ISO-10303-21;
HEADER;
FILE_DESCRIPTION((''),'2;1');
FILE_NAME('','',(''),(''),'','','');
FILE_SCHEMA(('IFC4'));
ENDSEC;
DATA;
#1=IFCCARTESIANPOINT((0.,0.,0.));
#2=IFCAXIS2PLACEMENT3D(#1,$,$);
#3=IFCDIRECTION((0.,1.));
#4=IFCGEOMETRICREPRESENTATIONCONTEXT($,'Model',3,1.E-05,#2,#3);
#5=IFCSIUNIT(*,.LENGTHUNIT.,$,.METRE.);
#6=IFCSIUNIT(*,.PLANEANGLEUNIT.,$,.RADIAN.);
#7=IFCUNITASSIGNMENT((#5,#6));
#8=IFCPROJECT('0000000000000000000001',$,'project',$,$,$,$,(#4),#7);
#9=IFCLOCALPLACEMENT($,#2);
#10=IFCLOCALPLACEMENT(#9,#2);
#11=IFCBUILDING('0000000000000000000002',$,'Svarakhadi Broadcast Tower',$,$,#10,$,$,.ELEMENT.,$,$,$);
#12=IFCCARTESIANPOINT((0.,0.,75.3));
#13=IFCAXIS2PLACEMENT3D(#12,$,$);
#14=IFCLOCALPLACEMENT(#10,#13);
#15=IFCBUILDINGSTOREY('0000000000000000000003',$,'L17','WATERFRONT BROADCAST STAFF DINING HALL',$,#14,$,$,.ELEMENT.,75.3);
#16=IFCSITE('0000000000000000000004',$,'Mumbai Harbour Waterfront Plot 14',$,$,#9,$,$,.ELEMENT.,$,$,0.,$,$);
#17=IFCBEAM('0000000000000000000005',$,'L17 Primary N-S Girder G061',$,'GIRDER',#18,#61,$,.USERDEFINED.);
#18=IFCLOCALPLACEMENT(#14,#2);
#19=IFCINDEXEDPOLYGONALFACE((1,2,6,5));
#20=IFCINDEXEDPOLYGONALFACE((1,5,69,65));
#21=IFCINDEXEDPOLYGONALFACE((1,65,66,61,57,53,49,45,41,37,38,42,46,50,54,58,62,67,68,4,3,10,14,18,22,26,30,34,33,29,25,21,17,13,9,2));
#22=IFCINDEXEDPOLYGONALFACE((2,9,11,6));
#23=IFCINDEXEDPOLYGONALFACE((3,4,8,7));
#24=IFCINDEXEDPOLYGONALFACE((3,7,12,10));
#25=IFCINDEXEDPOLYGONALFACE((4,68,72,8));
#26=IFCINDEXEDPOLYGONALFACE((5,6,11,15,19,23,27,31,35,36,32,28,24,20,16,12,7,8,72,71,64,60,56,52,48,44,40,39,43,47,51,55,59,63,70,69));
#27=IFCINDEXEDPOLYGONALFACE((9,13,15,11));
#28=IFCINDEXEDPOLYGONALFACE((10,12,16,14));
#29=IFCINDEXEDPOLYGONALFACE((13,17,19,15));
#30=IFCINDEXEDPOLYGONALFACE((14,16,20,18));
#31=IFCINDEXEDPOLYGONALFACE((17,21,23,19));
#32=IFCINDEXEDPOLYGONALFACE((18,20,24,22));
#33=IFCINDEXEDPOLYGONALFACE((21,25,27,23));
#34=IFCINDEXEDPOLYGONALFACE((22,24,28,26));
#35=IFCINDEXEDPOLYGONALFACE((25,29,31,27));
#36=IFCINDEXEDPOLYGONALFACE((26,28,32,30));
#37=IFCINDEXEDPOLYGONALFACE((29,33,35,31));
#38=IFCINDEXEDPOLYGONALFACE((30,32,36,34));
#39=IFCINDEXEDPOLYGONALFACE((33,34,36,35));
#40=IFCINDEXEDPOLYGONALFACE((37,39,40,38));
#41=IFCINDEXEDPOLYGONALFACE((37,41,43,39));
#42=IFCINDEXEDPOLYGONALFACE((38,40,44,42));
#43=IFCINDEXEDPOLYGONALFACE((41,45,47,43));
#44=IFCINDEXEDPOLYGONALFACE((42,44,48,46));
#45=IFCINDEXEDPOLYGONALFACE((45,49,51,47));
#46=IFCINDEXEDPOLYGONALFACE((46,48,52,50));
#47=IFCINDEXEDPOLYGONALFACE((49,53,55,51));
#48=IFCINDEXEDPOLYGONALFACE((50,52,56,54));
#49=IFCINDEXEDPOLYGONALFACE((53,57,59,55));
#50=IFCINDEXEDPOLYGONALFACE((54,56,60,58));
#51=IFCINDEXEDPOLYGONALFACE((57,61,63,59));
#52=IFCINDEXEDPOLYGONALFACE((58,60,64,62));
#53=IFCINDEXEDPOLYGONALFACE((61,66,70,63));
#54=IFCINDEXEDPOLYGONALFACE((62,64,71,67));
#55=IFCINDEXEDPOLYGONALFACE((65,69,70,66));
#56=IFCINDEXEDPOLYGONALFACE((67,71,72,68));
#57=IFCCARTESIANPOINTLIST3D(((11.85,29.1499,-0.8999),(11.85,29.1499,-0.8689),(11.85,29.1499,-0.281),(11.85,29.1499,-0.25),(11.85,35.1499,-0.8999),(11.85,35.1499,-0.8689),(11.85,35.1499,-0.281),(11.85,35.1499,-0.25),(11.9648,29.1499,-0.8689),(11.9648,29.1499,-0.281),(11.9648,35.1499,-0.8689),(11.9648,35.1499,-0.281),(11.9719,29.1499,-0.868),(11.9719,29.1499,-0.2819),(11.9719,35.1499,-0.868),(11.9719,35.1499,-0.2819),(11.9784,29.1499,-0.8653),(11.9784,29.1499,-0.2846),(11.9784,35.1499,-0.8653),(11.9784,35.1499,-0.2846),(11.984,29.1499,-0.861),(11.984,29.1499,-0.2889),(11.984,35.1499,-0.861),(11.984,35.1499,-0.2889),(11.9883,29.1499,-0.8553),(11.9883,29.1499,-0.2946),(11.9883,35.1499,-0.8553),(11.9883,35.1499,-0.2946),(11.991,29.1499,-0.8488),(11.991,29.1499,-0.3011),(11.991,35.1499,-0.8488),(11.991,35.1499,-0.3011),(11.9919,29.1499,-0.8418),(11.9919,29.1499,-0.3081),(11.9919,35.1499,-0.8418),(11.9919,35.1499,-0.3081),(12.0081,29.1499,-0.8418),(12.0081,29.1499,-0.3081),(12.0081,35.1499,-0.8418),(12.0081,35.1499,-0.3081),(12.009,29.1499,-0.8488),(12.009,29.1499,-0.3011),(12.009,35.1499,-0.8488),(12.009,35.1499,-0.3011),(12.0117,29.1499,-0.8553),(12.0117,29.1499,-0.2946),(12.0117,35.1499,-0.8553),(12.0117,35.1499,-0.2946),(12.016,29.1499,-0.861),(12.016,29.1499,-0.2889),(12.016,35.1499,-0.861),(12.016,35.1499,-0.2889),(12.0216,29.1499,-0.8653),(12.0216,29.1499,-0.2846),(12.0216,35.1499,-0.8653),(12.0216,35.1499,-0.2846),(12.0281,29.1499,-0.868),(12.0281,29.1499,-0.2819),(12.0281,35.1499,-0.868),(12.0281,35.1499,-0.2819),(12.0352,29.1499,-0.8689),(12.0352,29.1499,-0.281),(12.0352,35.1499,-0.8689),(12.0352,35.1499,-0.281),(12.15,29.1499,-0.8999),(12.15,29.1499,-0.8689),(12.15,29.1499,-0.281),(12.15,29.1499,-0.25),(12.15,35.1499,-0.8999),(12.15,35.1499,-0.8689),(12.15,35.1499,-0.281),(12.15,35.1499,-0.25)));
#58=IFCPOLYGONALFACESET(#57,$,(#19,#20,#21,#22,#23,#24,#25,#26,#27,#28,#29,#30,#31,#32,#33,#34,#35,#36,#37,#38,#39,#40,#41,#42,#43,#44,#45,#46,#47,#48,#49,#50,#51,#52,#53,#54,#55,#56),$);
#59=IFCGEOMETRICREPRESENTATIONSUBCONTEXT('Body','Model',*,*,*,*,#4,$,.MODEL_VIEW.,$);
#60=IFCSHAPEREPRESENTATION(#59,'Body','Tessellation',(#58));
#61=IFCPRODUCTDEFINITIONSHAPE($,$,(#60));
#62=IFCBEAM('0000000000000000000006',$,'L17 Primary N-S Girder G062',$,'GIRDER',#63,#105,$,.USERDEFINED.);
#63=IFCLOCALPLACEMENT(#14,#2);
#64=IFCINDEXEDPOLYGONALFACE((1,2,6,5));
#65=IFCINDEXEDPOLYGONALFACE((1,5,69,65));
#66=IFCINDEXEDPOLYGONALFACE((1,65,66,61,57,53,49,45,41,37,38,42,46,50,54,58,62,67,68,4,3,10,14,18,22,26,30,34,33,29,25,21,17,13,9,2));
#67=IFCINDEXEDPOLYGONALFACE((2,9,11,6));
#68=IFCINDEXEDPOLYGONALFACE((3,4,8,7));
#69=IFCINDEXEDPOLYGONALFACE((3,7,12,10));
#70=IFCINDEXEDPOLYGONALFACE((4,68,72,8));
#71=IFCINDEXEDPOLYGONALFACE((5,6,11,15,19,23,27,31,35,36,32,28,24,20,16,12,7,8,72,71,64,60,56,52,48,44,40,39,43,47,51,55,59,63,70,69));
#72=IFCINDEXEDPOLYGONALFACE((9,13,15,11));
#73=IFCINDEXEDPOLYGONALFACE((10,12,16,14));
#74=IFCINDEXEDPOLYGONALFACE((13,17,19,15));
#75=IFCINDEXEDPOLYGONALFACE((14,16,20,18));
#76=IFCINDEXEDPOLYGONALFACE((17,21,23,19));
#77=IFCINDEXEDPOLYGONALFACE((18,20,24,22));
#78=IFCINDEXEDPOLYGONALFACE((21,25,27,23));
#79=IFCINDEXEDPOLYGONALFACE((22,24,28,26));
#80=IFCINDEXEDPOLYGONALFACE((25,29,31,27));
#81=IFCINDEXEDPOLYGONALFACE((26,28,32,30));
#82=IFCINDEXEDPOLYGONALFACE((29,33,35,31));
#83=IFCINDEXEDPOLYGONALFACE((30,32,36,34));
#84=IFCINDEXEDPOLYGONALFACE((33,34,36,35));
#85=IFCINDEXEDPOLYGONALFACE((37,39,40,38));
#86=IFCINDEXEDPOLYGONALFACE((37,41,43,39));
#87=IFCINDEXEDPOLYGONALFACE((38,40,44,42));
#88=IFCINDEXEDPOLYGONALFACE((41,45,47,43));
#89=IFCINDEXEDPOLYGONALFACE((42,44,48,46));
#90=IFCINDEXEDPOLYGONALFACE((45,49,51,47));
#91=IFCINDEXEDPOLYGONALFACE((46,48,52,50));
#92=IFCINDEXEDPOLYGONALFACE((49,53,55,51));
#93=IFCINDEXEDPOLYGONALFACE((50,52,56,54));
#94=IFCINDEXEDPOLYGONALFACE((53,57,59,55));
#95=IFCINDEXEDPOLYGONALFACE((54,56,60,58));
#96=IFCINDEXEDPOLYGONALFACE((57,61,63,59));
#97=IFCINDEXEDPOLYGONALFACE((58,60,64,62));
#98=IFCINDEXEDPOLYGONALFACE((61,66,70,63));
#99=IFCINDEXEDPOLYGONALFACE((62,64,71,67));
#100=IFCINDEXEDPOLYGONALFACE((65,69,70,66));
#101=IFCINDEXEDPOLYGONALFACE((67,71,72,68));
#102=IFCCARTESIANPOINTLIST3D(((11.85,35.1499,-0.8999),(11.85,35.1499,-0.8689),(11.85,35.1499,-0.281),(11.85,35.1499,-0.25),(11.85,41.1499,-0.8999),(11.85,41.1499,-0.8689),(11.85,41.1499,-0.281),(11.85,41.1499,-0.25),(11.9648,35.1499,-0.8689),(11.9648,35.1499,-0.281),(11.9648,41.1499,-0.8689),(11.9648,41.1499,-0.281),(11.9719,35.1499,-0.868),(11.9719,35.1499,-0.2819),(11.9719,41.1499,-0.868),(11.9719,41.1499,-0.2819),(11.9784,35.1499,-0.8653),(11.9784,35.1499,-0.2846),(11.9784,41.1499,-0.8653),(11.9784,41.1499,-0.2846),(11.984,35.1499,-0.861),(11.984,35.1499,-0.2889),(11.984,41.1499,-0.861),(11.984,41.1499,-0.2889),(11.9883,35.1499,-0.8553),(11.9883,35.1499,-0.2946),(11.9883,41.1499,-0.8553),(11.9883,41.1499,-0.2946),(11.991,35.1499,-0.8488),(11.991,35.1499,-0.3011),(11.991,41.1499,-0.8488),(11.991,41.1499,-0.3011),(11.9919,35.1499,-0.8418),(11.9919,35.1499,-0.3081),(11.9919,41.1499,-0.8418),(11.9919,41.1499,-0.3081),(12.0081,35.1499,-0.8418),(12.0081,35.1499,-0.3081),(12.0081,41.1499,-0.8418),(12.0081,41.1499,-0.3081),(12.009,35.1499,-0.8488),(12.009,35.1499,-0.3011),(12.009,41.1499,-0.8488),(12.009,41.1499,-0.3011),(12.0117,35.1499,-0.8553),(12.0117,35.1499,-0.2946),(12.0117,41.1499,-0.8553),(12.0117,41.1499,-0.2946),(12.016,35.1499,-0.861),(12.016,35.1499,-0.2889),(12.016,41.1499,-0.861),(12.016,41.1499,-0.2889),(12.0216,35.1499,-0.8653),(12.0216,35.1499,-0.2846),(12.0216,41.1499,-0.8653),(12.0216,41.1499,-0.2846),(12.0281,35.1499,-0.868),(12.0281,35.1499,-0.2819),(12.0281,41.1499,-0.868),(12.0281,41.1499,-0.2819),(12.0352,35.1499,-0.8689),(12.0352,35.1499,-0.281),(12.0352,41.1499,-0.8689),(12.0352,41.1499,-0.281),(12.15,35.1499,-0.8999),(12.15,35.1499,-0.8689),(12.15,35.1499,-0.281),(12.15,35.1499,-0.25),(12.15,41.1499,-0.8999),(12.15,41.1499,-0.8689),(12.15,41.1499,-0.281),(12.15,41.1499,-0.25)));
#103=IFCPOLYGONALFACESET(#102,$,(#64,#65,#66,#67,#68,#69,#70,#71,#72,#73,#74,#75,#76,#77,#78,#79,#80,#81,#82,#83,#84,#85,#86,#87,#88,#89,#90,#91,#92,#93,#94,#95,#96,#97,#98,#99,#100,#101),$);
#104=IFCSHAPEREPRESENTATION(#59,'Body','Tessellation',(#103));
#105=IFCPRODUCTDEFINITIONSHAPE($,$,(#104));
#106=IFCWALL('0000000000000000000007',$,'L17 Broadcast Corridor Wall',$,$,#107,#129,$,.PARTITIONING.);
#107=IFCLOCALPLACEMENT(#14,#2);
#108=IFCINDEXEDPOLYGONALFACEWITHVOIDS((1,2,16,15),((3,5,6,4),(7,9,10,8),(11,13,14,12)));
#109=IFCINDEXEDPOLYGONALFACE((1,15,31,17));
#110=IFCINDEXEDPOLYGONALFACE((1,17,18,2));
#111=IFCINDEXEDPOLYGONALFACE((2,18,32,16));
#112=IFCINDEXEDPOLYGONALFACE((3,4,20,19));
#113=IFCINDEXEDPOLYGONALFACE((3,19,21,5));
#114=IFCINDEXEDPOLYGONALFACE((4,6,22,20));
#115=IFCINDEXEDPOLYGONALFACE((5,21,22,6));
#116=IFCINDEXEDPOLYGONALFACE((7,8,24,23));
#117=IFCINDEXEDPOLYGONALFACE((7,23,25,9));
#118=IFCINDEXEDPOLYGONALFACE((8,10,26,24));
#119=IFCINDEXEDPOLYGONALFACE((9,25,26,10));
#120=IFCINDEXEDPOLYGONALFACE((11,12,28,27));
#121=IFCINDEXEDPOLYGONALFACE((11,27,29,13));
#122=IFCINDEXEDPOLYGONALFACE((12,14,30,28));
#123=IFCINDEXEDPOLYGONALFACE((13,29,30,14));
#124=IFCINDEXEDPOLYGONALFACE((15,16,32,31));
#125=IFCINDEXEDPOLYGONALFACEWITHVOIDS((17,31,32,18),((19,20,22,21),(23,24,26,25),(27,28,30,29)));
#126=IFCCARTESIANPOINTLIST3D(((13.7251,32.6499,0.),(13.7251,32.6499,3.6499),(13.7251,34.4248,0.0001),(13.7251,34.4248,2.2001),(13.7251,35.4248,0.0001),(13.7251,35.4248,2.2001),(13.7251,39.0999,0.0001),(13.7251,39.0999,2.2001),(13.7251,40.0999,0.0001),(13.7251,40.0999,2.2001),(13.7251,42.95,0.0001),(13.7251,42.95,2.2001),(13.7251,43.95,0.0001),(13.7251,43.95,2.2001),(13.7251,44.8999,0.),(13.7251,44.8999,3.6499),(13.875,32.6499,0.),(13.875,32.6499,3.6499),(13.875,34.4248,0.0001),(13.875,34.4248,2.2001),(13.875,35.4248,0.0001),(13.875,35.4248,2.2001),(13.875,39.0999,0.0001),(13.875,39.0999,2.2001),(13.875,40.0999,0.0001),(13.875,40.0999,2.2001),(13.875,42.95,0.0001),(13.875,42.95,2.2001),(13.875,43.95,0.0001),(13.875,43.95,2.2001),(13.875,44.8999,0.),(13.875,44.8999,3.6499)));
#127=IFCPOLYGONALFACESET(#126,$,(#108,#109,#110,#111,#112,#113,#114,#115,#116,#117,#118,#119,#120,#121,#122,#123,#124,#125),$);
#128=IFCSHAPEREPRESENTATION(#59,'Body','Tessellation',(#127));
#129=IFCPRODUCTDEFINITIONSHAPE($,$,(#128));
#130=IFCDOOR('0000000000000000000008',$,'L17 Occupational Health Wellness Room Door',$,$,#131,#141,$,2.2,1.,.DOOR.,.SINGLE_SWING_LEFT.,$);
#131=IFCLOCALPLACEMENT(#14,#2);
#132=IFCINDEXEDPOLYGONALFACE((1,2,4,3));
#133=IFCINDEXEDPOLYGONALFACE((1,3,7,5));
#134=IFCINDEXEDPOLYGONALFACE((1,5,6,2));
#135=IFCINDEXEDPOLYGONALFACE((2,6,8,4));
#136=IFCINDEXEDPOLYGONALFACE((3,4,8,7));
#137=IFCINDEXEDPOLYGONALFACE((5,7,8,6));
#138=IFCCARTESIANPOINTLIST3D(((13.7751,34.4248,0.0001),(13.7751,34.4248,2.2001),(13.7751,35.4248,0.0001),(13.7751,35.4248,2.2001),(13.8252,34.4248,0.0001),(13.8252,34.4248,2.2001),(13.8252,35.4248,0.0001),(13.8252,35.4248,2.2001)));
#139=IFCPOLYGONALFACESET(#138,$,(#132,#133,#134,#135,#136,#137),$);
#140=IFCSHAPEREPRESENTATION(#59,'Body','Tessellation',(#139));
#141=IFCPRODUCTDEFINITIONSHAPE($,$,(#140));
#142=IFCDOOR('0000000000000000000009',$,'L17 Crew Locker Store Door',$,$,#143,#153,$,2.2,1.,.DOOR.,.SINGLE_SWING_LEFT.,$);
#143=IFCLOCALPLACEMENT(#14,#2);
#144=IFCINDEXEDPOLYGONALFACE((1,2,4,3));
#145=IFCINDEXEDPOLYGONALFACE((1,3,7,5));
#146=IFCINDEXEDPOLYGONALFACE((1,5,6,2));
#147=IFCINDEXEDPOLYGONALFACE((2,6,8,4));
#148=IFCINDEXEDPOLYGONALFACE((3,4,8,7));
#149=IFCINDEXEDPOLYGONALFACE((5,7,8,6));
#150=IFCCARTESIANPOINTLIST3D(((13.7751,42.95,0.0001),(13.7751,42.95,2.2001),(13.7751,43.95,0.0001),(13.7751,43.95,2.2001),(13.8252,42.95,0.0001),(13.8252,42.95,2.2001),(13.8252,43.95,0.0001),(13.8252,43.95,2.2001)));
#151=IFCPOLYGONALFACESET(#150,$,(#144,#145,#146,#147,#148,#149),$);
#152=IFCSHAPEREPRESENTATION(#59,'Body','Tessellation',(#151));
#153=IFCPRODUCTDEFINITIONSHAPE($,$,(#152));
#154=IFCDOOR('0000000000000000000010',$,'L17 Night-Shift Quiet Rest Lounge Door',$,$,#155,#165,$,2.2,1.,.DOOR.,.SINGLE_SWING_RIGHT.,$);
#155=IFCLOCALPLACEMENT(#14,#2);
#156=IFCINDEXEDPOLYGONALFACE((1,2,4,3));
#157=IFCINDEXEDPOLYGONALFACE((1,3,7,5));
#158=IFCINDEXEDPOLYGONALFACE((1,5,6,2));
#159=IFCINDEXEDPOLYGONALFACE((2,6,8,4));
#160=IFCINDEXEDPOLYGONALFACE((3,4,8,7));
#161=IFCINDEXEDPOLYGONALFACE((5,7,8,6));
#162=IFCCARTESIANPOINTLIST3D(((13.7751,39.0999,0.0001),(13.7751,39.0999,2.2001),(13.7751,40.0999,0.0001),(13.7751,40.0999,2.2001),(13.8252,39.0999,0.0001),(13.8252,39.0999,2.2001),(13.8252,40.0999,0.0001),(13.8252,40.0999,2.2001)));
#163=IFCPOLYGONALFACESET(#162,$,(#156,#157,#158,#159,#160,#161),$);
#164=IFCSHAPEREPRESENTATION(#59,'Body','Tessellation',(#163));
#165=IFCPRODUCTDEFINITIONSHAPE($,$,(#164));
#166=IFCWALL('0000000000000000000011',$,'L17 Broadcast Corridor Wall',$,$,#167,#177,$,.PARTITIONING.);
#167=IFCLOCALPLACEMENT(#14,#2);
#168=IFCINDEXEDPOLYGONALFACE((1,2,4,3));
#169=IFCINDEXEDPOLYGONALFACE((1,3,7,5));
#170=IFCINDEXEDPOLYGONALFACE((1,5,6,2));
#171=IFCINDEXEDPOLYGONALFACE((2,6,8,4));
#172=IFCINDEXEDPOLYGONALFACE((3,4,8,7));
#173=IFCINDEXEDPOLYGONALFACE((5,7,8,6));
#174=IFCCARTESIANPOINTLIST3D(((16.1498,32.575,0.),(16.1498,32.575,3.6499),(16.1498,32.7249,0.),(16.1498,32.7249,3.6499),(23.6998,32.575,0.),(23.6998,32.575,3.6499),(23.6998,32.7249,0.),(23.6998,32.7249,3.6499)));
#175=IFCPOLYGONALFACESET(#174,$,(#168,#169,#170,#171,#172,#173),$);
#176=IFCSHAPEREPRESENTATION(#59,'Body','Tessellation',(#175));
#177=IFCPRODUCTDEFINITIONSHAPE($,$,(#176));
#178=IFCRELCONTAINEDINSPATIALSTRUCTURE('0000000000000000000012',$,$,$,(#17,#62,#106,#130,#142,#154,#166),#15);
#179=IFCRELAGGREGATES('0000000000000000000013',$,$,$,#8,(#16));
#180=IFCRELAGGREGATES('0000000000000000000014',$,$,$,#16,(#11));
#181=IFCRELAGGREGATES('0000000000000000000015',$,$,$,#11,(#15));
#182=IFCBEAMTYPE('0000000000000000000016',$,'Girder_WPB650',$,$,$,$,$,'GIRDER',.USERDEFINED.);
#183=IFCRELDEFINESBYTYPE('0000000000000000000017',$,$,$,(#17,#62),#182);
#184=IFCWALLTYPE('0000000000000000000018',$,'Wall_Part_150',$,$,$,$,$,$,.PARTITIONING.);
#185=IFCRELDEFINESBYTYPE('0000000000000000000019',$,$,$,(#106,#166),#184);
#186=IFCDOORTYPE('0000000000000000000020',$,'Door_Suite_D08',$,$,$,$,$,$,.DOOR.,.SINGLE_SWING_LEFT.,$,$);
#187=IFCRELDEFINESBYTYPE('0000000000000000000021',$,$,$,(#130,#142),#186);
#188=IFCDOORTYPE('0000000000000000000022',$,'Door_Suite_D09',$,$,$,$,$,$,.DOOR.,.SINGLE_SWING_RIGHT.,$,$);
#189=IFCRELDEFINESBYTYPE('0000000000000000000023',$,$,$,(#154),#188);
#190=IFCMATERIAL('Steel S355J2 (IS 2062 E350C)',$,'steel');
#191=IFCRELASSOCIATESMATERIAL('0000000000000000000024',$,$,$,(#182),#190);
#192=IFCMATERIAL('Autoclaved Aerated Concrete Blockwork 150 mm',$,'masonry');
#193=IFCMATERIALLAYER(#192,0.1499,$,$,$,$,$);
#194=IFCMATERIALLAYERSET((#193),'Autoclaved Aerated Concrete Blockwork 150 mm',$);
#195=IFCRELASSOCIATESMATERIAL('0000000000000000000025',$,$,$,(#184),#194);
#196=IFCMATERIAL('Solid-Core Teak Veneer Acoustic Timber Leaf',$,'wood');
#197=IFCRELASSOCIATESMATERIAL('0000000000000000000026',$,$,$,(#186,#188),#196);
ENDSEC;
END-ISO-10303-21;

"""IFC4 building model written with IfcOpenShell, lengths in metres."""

from ifc_helpers import new_model, si_unit, direction, frame, frame_2d, origin, origin_2d, place, context, subcontext, project, spatial, rectangle, i_section, extrude, material, layer, layer_set, material_profile, profile_set, type_object, element, fill, save


model = new_model("IFC4")

# Units and contexts
model_context = context("Model", 3, precision=1e-05, world=origin(), true_north=direction((0.0, 1.0)))
body_context = subcontext(model_context, "Body", "Model", "MODEL_VIEW")
ifc_project = project(units=[si_unit("LENGTHUNIT", "METRE"), si_unit("PLANEANGLEUNIT", "RADIAN")], contexts=[model_context])

# Site, building, storey
site_placement = place(None, origin())
site = spatial("IfcSite", under=ifc_project, at=site_placement, Name="Mumbai Harbour Waterfront Plot 14", CompositionType="ELEMENT", RefElevation=0.0)
building_placement = place(site_placement, origin())
building = spatial("IfcBuilding", under=site, at=building_placement, Name="Svarakhadi Broadcast Tower", CompositionType="ELEMENT")
storey_placement = place(building_placement, frame((0.0, 0.0, 75.3)))
storey = spatial("IfcBuildingStorey", under=building, at=storey_placement, Name="L17", Description="WATERFRONT BROADCAST STAFF DINING HALL", CompositionType="ELEMENT", Elevation=75.3)

# Beams
ifc_material_1 = material(Name="Steel S355J2 (IS 2062 E350C)", Category="steel")
ifc_material_profile_1 = material_profile(ifc_material_1, i_section(OverallWidth=0.3, OverallDepth=0.6499, WebThickness=0.0161, FlangeThickness=0.031, FilletRadius=0.0271, at=origin_2d()), Name="WPB 650x300x225")
ifc_profile_set_1 = profile_set([ifc_material_profile_1], Name="Steel S355J2 (IS 2062 E350C)")
beam_type_1 = type_object("IfcBeamType", Name="Girder_WPB650", ElementType="GIRDER", PredefinedType="USERDEFINED", material=ifc_profile_set_1)
for number, where, z_axis, x_axis, name in (
    (1, (12.0, 29.1499, -0.575), (0.0, 1.0, 0.0), (-1.0, 0.0, 0.0), "L17 Primary N-S Girder G061"),
    (2, (12.0, 35.1499, -0.575), (0.0, 1.0, 0.0), (-1.0, 0.0, 0.0), "L17 Primary N-S Girder G062"),
):
    element("IfcBeam", number, at=place(storey_placement, frame(where, z_axis=z_axis, x_axis=x_axis)), inside=storey, type_object=beam_type_1, Name=name, ObjectType="GIRDER", PredefinedType="USERDEFINED", context=body_context, shape_type="SweptSolid", body=[
        extrude(i_section(OverallWidth=0.3, OverallDepth=0.6499, WebThickness=0.0161, FlangeThickness=0.031, FilletRadius=0.0271, at=origin_2d()), origin(), (0.0, 0.0, 1.0), 6.0),
    ])

# Wall, openings, doors
ifc_material_2 = material(Name="Autoclaved Aerated Concrete Blockwork 150 mm", Category="masonry")
ifc_layer = layer(ifc_material_2, 0.1499)
ifc_layer_set = layer_set([ifc_layer], Name="Autoclaved Aerated Concrete Blockwork 150 mm")
wall_type = type_object("IfcWallType", Name="Wall_Part_150", PredefinedType="PARTITIONING", material=ifc_layer_set)
wall_1_placement = place(storey_placement, frame((13.8, 32.6499, 0.0), z_axis=(0.0, 0.0, 1.0), x_axis=(0.0, 1.0, 0.0)))
wall_1 = element("IfcWall", 3, at=wall_1_placement, inside=storey, type_object=wall_type, Name="L17 Broadcast Corridor Wall", PredefinedType="PARTITIONING", context=body_context, shape_type="SweptSolid", body=[
    extrude(rectangle(XDim=12.25, YDim=0.1499, at=frame_2d((6.125, 0.0))), origin(), (0.0, 0.0, 1.0), 3.6499),
])
opening_1_placement = place(wall_1_placement, frame((1.7749, 0.0, 0.0)))
opening_1 = element("IfcOpeningElement", 4, at=opening_1_placement, cuts=wall_1, PredefinedType="OPENING", context=body_context, shape_type="SweptSolid", body=[
    extrude(rectangle(XDim=1.0, YDim=2.2, at=frame_2d((0.5, 1.1001))), frame((0.0, 0.085, 0.0), z_axis=(0.0, -1.0, 0.0), x_axis=(1.0, 0.0, 0.0)), (0.0, 0.0, 1.0), 0.1699),
])
opening_2_placement = place(wall_1_placement, frame((6.45, 0.0, 0.0)))
opening_2 = element("IfcOpeningElement", 5, at=opening_2_placement, cuts=wall_1, PredefinedType="OPENING", context=body_context, shape_type="SweptSolid", body=[
    extrude(rectangle(XDim=1.0, YDim=2.2, at=frame_2d((0.5, 1.1001))), frame((0.0, 0.085, 0.0), z_axis=(0.0, -1.0, 0.0), x_axis=(1.0, 0.0, 0.0)), (0.0, 0.0, 1.0), 0.1699),
])
opening_3_placement = place(wall_1_placement, frame((10.3, 0.0, 0.0)))
opening_3 = element("IfcOpeningElement", 6, at=opening_3_placement, cuts=wall_1, PredefinedType="OPENING", context=body_context, shape_type="SweptSolid", body=[
    extrude(rectangle(XDim=1.0, YDim=2.2, at=frame_2d((0.5, 1.1001))), frame((0.0, 0.085, 0.0), z_axis=(0.0, -1.0, 0.0), x_axis=(1.0, 0.0, 0.0)), (0.0, 0.0, 1.0), 0.1699),
])
ifc_material_3 = material(Name="Solid-Core Teak Veneer Acoustic Timber Leaf", Category="wood")
door_type_1 = type_object("IfcDoorType", Name="Door_Suite_D08", OperationType="SINGLE_SWING_LEFT", PredefinedType="DOOR", material=ifc_material_3)
door_1_placement = place(opening_1_placement, origin())
door_1 = element("IfcDoor", 7, at=door_1_placement, inside=storey, type_object=door_type_1, Name="L17 Occupational Health Wellness Room Door", OperationType="SINGLE_SWING_LEFT", OverallHeight=2.2, OverallWidth=1.0, PredefinedType="DOOR", context=body_context, shape_type="SweptSolid", body=[
    extrude(rectangle(XDim=1.0, YDim=2.2, at=frame_2d((0.5, 1.1001))), frame((0.0, 0.0249, 0.0), z_axis=(0.0, -1.0, 0.0), x_axis=(1.0, 0.0, 0.0)), (0.0, 0.0, 1.0), 0.05),
])
fill(opening_1, door_1)
door_2_placement = place(opening_3_placement, origin())
door_2 = element("IfcDoor", 8, at=door_2_placement, inside=storey, type_object=door_type_1, Name="L17 Crew Locker Store Door", OperationType="SINGLE_SWING_LEFT", OverallHeight=2.2, OverallWidth=1.0, PredefinedType="DOOR", context=body_context, shape_type="SweptSolid", body=[
    extrude(rectangle(XDim=1.0, YDim=2.2, at=frame_2d((0.5, 1.1001))), frame((0.0, 0.0249, 0.0), z_axis=(0.0, -1.0, 0.0), x_axis=(1.0, 0.0, 0.0)), (0.0, 0.0, 1.0), 0.05),
])
fill(opening_3, door_2)
door_type_2 = type_object("IfcDoorType", Name="Door_Suite_D09", OperationType="SINGLE_SWING_RIGHT", PredefinedType="DOOR", material=ifc_material_3)
door_3_placement = place(opening_2_placement, origin())
door_3 = element("IfcDoor", 9, at=door_3_placement, inside=storey, type_object=door_type_2, Name="L17 Night-Shift Quiet Rest Lounge Door", OperationType="SINGLE_SWING_RIGHT", OverallHeight=2.2, OverallWidth=1.0, PredefinedType="DOOR", context=body_context, shape_type="SweptSolid", body=[
    extrude(rectangle(XDim=1.0, YDim=2.2, at=frame_2d((0.5, 1.1001))), frame((0.0, 0.0249, 0.0), z_axis=(0.0, -1.0, 0.0), x_axis=(1.0, 0.0, 0.0)), (0.0, 0.0, 1.0), 0.05),
])
fill(opening_2, door_3)

# Wall
wall_2_placement = place(storey_placement, frame((16.1499, 32.6499, 0.0), z_axis=(0.0, 0.0, 1.0), x_axis=(1.0, 0.0, 0.0)))
element("IfcWall", 10, at=wall_2_placement, inside=storey, type_object=wall_type, Name="L17 Broadcast Corridor Wall", PredefinedType="PARTITIONING", context=body_context, shape_type="SweptSolid", body=[
    extrude(rectangle(XDim=7.55, YDim=0.1499, at=frame_2d((3.7749, 0.0))), origin(), (0.0, 0.0, 1.0), 3.6499),
])

save(model, "model.ifc")
